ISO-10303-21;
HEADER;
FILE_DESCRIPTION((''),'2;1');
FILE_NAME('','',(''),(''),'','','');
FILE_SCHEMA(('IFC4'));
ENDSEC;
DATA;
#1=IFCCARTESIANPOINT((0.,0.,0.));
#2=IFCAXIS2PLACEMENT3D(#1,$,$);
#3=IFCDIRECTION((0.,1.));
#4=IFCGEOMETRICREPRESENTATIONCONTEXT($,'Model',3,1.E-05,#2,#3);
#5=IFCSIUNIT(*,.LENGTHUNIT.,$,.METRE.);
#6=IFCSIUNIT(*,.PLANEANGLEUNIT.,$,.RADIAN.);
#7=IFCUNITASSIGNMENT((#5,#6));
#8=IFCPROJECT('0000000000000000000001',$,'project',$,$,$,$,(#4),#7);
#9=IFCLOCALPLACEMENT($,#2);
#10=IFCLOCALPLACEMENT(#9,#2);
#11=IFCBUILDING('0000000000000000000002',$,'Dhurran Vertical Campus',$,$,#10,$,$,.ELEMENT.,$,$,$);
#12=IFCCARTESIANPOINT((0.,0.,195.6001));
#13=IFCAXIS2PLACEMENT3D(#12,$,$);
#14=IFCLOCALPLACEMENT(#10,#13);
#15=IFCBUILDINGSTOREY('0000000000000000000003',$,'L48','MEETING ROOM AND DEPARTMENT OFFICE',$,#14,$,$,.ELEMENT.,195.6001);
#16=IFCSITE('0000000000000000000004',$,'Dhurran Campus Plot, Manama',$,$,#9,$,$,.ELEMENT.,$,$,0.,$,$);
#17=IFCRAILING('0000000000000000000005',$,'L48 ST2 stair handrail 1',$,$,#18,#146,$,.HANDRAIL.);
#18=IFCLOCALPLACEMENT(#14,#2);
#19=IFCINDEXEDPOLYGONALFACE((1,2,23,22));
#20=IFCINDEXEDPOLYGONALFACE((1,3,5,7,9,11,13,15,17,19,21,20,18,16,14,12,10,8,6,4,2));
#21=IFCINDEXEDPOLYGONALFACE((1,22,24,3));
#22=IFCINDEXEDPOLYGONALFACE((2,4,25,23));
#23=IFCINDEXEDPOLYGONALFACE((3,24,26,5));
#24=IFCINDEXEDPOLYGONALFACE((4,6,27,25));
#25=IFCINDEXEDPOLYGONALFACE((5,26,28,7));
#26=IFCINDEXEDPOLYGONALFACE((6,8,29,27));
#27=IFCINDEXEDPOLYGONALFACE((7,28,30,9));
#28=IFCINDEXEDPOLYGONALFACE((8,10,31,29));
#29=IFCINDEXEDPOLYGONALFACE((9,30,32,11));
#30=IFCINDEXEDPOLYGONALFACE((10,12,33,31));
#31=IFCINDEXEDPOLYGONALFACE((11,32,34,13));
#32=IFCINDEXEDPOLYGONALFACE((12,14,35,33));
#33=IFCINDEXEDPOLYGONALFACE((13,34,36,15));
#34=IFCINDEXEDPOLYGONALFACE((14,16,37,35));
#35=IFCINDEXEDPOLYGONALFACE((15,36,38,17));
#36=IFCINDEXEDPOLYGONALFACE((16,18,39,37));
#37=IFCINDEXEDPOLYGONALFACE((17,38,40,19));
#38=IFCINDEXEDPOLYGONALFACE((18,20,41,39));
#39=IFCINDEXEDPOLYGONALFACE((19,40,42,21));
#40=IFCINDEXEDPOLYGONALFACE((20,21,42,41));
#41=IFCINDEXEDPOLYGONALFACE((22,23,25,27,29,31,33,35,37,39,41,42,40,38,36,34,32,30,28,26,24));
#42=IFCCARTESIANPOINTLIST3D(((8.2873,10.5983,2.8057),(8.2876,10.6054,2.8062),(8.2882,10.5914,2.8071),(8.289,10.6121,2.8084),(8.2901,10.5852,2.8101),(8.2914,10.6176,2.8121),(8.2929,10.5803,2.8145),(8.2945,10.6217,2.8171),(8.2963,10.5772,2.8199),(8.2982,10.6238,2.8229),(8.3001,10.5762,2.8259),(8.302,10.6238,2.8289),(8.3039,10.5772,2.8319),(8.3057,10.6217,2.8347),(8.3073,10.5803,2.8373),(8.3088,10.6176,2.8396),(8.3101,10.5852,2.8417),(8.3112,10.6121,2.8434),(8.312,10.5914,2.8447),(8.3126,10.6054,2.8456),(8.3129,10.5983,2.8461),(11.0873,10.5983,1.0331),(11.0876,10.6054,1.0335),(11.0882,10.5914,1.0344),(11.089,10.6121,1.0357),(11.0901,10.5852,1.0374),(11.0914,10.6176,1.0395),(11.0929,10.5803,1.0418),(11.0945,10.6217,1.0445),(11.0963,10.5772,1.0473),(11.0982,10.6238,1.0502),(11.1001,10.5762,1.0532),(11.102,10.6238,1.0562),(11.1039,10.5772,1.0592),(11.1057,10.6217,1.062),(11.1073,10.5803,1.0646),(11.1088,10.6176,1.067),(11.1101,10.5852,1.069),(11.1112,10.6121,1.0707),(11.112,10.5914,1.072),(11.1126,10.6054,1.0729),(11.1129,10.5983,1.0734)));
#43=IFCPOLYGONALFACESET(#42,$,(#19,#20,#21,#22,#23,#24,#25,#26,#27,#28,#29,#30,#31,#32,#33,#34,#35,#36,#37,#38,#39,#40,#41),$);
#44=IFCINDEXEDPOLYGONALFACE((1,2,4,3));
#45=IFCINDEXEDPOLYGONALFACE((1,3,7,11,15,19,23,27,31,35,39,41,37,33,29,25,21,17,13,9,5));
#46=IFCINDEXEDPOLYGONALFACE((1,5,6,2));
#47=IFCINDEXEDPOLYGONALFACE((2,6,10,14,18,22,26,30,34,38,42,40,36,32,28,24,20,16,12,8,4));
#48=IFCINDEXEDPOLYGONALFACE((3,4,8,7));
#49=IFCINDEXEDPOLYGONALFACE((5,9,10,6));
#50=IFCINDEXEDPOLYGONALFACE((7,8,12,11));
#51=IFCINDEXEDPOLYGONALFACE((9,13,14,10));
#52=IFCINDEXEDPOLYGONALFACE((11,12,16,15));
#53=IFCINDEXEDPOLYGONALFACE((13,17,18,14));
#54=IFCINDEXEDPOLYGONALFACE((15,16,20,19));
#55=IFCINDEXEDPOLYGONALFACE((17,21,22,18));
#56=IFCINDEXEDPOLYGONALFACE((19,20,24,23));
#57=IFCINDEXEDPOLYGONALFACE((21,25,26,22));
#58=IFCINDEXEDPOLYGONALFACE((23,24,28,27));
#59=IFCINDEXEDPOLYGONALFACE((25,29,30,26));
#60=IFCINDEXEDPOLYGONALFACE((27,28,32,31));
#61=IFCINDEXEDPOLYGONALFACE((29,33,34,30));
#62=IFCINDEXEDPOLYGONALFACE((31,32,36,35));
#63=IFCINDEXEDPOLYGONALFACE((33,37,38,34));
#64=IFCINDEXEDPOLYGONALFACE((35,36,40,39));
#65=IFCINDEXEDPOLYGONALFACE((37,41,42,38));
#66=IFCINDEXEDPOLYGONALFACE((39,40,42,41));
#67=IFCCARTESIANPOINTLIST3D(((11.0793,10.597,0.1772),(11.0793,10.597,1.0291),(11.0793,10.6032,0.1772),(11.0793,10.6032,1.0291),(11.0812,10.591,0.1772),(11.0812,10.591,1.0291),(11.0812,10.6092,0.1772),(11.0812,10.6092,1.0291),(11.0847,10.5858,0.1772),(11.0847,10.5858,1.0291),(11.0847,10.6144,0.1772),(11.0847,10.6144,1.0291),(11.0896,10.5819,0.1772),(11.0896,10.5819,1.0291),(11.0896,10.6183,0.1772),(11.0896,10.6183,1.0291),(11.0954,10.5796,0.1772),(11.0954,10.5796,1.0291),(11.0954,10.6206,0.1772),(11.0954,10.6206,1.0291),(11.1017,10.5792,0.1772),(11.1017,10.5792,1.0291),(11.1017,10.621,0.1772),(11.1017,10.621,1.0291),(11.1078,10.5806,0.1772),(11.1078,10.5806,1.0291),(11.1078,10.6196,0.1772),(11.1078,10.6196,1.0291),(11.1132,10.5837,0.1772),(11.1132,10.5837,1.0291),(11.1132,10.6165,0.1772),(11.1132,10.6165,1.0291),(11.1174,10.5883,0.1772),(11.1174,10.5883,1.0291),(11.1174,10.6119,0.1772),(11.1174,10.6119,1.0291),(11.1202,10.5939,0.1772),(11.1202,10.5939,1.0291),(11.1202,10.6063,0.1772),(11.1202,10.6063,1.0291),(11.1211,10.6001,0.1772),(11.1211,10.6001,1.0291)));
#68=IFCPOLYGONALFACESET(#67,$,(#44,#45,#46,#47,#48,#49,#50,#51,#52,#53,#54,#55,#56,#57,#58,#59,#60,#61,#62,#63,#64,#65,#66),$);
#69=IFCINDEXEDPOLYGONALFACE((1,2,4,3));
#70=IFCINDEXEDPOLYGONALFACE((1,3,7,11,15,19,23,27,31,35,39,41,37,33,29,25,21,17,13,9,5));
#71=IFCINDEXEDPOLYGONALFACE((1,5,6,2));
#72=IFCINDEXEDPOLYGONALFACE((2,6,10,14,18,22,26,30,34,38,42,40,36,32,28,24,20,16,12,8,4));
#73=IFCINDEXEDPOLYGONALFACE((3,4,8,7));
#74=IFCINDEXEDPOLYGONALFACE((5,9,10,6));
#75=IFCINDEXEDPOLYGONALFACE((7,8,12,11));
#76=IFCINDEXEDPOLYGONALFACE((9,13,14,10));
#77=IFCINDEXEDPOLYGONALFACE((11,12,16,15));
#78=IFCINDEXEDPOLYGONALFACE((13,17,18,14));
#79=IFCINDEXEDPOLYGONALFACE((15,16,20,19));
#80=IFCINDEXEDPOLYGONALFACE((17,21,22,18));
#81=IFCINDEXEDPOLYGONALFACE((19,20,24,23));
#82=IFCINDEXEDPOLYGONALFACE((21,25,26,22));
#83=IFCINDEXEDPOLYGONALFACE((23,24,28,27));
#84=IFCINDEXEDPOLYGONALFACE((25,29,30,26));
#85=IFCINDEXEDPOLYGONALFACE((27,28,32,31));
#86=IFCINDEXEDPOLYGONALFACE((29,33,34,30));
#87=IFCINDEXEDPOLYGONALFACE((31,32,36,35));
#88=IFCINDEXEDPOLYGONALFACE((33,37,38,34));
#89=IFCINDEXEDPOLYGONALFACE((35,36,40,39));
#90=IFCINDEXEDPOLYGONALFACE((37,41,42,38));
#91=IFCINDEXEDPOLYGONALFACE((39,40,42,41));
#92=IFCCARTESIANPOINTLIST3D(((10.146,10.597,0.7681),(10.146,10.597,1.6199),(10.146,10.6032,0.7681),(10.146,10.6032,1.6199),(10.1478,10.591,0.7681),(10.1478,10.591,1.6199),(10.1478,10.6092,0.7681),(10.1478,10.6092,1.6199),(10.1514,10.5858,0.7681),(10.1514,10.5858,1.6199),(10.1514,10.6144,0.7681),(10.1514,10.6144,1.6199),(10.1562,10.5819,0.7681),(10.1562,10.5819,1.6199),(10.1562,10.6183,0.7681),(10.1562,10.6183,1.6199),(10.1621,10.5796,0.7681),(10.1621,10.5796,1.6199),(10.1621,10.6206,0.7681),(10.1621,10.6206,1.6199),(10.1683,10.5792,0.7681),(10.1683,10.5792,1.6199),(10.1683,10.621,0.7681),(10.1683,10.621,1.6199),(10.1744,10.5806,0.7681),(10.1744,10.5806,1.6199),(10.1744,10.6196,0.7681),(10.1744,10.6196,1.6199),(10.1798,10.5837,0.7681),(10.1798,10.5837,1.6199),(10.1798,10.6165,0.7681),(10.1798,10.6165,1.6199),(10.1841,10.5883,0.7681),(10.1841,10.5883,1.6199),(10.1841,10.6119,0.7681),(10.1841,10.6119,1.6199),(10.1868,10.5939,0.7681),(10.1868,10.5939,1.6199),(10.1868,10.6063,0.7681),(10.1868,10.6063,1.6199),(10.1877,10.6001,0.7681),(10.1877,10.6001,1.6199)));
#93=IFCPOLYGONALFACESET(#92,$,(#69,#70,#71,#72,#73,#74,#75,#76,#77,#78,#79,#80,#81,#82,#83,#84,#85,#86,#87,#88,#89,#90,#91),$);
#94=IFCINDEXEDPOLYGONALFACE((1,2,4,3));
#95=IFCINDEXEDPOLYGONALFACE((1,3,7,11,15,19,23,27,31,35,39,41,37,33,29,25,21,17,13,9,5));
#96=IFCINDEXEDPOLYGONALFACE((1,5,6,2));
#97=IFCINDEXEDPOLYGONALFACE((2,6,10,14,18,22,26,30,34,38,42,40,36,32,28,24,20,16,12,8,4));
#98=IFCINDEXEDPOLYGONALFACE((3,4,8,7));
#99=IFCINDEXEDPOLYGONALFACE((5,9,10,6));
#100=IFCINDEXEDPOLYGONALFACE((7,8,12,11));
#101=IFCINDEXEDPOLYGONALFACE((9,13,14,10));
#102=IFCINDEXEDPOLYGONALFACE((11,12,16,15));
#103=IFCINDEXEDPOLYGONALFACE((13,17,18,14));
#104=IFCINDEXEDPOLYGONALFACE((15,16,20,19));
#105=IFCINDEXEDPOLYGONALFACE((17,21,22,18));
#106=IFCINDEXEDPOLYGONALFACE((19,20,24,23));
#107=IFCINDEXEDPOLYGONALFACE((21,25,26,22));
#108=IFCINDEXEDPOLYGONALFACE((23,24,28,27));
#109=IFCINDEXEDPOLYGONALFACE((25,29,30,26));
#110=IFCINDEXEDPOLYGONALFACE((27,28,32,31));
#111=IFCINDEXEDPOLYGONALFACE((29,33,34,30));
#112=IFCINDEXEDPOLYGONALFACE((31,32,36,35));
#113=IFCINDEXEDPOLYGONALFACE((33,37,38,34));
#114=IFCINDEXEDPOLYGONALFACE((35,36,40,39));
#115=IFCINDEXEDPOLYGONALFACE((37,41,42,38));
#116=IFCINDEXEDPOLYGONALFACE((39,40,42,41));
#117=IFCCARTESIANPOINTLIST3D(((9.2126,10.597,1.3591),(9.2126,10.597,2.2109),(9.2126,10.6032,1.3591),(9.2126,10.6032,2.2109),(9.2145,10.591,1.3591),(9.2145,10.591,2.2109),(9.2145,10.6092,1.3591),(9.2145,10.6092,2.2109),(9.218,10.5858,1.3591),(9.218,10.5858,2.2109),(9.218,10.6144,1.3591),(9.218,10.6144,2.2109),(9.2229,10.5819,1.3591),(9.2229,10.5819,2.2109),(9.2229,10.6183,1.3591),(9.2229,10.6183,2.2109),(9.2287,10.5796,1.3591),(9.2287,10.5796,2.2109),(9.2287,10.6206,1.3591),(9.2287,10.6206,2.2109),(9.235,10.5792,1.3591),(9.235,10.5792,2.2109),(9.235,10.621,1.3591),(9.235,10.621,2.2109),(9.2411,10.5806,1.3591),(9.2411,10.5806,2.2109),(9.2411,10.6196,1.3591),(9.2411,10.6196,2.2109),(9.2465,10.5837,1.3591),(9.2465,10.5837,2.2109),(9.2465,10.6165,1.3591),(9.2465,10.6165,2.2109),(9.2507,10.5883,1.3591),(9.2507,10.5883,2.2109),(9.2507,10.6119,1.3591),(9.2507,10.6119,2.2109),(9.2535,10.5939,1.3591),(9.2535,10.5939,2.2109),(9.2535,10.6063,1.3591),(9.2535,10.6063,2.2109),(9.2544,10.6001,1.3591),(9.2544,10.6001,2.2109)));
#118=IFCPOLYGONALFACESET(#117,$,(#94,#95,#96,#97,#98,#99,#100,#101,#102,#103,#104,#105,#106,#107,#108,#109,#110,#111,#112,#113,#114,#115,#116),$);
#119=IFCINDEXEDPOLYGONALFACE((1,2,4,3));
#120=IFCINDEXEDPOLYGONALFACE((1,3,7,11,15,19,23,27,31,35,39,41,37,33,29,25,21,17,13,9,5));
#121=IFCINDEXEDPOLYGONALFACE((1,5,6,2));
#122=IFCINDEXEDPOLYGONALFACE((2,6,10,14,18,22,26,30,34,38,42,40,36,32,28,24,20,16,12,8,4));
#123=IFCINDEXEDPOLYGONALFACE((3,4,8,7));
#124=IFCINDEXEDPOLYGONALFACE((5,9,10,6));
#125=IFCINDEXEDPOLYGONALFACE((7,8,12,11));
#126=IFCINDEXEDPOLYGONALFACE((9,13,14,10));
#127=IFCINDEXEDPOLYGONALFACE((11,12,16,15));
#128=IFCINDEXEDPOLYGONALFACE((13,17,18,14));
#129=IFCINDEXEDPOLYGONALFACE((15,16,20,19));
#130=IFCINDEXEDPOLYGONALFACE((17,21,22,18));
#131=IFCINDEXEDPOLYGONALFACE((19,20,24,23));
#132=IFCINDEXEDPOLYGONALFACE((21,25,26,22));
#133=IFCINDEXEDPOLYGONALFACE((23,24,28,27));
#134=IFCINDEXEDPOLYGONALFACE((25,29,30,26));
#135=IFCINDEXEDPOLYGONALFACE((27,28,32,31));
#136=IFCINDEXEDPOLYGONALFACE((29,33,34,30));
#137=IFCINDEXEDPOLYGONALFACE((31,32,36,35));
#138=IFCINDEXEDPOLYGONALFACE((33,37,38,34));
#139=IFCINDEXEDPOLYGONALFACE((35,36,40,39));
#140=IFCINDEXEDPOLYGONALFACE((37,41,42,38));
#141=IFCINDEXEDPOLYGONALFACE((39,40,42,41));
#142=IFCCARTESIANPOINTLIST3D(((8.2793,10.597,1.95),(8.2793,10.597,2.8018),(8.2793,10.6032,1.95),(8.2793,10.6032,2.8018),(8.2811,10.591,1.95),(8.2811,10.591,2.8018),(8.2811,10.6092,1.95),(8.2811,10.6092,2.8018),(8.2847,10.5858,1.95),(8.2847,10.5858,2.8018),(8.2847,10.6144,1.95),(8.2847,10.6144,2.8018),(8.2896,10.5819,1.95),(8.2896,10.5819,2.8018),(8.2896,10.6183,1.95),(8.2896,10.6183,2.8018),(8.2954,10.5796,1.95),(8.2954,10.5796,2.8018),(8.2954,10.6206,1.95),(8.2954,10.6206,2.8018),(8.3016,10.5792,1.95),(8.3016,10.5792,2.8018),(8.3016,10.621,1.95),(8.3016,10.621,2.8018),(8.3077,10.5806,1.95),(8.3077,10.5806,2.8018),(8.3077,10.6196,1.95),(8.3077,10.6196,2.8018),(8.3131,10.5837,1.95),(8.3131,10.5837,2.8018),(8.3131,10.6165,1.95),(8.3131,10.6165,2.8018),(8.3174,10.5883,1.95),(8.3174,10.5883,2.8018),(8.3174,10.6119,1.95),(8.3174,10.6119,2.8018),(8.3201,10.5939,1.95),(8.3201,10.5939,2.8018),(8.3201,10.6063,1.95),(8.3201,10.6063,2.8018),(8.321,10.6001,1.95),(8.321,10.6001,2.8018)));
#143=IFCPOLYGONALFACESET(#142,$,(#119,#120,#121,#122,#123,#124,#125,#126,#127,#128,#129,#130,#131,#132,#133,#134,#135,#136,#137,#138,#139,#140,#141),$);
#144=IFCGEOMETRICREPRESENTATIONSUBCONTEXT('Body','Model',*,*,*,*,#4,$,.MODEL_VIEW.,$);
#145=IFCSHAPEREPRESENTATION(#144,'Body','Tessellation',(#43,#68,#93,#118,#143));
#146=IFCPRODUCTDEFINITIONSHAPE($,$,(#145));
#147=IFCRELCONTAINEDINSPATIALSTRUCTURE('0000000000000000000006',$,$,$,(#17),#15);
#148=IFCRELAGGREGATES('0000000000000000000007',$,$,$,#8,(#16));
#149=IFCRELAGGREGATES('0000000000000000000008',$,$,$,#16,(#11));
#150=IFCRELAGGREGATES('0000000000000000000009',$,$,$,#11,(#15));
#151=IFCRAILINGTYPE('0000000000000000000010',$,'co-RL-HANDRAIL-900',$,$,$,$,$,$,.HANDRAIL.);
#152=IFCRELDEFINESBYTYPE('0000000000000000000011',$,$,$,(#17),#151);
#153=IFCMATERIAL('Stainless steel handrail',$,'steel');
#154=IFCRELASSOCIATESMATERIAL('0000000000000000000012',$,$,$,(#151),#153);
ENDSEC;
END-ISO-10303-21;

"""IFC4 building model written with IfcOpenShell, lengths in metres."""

from ifc_helpers import new_model, si_unit, direction, frame, origin, origin_2d, place, context, subcontext, project, spatial, circle, extrude, material, type_object, element, save


model = new_model("IFC4")

# Units and contexts
model_context = context("Model", 3, precision=1e-05, world=origin(), true_north=direction((0.0, 1.0)))
body_context = subcontext(model_context, "Body", "Model", "MODEL_VIEW")
ifc_project = project(units=[si_unit("LENGTHUNIT", "METRE"), si_unit("PLANEANGLEUNIT", "RADIAN")], contexts=[model_context])

# Site, building, storey
site_placement = place(None, origin())
site = spatial("IfcSite", under=ifc_project, at=site_placement, Name="Dhurran Campus Plot, Manama", CompositionType="ELEMENT", RefElevation=0.0)
building_placement = place(site_placement, origin())
building = spatial("IfcBuilding", under=site, at=building_placement, Name="Dhurran Vertical Campus", CompositionType="ELEMENT")
storey_placement = place(building_placement, frame((0.0, 0.0, 195.6001)))
storey = spatial("IfcBuildingStorey", under=building, at=storey_placement, Name="L48", Description="MEETING ROOM AND DEPARTMENT OFFICE", CompositionType="ELEMENT", Elevation=195.6001)

# Railing
ifc_material_1 = material(Name="Stainless steel handrail", Category="steel")
railing_type_1 = type_object("IfcRailingType", Name="co-RL-HANDRAIL-900", PredefinedType="HANDRAIL", material=ifc_material_1)
railing_1_placement = place(storey_placement, frame((11.1001, 10.6001, 0.1772)))
element("IfcRailing", 1, at=railing_1_placement, inside=storey, type_object=railing_type_1, Name="L48 ST2 stair handrail 1", PredefinedType="HANDRAIL", context=body_context, shape_type="SweptSolid", body=[
    extrude(circle(Radius=0.0239, at=origin_2d()), frame((0.0, 0.0, 0.876), z_axis=(-0.844909, 0.0, 0.53491), x_axis=(0.0, -1.0, 0.0)), (0.0, 0.0, 1.0), 3.314),
    extrude(circle(Radius=0.021, at=origin_2d()), origin(), (0.0, 0.0, 1.0), 0.8518),
    extrude(circle(Radius=0.021, at=origin_2d()), frame((-0.9333, 0.0, 0.5908)), (0.0, 0.0, 1.0), 0.8518),
    extrude(circle(Radius=0.021, at=origin_2d()), frame((-1.8667, 0.0, 1.1819)), (0.0, 0.0, 1.0), 0.8518),
    extrude(circle(Radius=0.021, at=origin_2d()), frame((-2.8, 0.0, 1.7727)), (0.0, 0.0, 1.0), 0.8518),
])

save(model, "model.ifc")
